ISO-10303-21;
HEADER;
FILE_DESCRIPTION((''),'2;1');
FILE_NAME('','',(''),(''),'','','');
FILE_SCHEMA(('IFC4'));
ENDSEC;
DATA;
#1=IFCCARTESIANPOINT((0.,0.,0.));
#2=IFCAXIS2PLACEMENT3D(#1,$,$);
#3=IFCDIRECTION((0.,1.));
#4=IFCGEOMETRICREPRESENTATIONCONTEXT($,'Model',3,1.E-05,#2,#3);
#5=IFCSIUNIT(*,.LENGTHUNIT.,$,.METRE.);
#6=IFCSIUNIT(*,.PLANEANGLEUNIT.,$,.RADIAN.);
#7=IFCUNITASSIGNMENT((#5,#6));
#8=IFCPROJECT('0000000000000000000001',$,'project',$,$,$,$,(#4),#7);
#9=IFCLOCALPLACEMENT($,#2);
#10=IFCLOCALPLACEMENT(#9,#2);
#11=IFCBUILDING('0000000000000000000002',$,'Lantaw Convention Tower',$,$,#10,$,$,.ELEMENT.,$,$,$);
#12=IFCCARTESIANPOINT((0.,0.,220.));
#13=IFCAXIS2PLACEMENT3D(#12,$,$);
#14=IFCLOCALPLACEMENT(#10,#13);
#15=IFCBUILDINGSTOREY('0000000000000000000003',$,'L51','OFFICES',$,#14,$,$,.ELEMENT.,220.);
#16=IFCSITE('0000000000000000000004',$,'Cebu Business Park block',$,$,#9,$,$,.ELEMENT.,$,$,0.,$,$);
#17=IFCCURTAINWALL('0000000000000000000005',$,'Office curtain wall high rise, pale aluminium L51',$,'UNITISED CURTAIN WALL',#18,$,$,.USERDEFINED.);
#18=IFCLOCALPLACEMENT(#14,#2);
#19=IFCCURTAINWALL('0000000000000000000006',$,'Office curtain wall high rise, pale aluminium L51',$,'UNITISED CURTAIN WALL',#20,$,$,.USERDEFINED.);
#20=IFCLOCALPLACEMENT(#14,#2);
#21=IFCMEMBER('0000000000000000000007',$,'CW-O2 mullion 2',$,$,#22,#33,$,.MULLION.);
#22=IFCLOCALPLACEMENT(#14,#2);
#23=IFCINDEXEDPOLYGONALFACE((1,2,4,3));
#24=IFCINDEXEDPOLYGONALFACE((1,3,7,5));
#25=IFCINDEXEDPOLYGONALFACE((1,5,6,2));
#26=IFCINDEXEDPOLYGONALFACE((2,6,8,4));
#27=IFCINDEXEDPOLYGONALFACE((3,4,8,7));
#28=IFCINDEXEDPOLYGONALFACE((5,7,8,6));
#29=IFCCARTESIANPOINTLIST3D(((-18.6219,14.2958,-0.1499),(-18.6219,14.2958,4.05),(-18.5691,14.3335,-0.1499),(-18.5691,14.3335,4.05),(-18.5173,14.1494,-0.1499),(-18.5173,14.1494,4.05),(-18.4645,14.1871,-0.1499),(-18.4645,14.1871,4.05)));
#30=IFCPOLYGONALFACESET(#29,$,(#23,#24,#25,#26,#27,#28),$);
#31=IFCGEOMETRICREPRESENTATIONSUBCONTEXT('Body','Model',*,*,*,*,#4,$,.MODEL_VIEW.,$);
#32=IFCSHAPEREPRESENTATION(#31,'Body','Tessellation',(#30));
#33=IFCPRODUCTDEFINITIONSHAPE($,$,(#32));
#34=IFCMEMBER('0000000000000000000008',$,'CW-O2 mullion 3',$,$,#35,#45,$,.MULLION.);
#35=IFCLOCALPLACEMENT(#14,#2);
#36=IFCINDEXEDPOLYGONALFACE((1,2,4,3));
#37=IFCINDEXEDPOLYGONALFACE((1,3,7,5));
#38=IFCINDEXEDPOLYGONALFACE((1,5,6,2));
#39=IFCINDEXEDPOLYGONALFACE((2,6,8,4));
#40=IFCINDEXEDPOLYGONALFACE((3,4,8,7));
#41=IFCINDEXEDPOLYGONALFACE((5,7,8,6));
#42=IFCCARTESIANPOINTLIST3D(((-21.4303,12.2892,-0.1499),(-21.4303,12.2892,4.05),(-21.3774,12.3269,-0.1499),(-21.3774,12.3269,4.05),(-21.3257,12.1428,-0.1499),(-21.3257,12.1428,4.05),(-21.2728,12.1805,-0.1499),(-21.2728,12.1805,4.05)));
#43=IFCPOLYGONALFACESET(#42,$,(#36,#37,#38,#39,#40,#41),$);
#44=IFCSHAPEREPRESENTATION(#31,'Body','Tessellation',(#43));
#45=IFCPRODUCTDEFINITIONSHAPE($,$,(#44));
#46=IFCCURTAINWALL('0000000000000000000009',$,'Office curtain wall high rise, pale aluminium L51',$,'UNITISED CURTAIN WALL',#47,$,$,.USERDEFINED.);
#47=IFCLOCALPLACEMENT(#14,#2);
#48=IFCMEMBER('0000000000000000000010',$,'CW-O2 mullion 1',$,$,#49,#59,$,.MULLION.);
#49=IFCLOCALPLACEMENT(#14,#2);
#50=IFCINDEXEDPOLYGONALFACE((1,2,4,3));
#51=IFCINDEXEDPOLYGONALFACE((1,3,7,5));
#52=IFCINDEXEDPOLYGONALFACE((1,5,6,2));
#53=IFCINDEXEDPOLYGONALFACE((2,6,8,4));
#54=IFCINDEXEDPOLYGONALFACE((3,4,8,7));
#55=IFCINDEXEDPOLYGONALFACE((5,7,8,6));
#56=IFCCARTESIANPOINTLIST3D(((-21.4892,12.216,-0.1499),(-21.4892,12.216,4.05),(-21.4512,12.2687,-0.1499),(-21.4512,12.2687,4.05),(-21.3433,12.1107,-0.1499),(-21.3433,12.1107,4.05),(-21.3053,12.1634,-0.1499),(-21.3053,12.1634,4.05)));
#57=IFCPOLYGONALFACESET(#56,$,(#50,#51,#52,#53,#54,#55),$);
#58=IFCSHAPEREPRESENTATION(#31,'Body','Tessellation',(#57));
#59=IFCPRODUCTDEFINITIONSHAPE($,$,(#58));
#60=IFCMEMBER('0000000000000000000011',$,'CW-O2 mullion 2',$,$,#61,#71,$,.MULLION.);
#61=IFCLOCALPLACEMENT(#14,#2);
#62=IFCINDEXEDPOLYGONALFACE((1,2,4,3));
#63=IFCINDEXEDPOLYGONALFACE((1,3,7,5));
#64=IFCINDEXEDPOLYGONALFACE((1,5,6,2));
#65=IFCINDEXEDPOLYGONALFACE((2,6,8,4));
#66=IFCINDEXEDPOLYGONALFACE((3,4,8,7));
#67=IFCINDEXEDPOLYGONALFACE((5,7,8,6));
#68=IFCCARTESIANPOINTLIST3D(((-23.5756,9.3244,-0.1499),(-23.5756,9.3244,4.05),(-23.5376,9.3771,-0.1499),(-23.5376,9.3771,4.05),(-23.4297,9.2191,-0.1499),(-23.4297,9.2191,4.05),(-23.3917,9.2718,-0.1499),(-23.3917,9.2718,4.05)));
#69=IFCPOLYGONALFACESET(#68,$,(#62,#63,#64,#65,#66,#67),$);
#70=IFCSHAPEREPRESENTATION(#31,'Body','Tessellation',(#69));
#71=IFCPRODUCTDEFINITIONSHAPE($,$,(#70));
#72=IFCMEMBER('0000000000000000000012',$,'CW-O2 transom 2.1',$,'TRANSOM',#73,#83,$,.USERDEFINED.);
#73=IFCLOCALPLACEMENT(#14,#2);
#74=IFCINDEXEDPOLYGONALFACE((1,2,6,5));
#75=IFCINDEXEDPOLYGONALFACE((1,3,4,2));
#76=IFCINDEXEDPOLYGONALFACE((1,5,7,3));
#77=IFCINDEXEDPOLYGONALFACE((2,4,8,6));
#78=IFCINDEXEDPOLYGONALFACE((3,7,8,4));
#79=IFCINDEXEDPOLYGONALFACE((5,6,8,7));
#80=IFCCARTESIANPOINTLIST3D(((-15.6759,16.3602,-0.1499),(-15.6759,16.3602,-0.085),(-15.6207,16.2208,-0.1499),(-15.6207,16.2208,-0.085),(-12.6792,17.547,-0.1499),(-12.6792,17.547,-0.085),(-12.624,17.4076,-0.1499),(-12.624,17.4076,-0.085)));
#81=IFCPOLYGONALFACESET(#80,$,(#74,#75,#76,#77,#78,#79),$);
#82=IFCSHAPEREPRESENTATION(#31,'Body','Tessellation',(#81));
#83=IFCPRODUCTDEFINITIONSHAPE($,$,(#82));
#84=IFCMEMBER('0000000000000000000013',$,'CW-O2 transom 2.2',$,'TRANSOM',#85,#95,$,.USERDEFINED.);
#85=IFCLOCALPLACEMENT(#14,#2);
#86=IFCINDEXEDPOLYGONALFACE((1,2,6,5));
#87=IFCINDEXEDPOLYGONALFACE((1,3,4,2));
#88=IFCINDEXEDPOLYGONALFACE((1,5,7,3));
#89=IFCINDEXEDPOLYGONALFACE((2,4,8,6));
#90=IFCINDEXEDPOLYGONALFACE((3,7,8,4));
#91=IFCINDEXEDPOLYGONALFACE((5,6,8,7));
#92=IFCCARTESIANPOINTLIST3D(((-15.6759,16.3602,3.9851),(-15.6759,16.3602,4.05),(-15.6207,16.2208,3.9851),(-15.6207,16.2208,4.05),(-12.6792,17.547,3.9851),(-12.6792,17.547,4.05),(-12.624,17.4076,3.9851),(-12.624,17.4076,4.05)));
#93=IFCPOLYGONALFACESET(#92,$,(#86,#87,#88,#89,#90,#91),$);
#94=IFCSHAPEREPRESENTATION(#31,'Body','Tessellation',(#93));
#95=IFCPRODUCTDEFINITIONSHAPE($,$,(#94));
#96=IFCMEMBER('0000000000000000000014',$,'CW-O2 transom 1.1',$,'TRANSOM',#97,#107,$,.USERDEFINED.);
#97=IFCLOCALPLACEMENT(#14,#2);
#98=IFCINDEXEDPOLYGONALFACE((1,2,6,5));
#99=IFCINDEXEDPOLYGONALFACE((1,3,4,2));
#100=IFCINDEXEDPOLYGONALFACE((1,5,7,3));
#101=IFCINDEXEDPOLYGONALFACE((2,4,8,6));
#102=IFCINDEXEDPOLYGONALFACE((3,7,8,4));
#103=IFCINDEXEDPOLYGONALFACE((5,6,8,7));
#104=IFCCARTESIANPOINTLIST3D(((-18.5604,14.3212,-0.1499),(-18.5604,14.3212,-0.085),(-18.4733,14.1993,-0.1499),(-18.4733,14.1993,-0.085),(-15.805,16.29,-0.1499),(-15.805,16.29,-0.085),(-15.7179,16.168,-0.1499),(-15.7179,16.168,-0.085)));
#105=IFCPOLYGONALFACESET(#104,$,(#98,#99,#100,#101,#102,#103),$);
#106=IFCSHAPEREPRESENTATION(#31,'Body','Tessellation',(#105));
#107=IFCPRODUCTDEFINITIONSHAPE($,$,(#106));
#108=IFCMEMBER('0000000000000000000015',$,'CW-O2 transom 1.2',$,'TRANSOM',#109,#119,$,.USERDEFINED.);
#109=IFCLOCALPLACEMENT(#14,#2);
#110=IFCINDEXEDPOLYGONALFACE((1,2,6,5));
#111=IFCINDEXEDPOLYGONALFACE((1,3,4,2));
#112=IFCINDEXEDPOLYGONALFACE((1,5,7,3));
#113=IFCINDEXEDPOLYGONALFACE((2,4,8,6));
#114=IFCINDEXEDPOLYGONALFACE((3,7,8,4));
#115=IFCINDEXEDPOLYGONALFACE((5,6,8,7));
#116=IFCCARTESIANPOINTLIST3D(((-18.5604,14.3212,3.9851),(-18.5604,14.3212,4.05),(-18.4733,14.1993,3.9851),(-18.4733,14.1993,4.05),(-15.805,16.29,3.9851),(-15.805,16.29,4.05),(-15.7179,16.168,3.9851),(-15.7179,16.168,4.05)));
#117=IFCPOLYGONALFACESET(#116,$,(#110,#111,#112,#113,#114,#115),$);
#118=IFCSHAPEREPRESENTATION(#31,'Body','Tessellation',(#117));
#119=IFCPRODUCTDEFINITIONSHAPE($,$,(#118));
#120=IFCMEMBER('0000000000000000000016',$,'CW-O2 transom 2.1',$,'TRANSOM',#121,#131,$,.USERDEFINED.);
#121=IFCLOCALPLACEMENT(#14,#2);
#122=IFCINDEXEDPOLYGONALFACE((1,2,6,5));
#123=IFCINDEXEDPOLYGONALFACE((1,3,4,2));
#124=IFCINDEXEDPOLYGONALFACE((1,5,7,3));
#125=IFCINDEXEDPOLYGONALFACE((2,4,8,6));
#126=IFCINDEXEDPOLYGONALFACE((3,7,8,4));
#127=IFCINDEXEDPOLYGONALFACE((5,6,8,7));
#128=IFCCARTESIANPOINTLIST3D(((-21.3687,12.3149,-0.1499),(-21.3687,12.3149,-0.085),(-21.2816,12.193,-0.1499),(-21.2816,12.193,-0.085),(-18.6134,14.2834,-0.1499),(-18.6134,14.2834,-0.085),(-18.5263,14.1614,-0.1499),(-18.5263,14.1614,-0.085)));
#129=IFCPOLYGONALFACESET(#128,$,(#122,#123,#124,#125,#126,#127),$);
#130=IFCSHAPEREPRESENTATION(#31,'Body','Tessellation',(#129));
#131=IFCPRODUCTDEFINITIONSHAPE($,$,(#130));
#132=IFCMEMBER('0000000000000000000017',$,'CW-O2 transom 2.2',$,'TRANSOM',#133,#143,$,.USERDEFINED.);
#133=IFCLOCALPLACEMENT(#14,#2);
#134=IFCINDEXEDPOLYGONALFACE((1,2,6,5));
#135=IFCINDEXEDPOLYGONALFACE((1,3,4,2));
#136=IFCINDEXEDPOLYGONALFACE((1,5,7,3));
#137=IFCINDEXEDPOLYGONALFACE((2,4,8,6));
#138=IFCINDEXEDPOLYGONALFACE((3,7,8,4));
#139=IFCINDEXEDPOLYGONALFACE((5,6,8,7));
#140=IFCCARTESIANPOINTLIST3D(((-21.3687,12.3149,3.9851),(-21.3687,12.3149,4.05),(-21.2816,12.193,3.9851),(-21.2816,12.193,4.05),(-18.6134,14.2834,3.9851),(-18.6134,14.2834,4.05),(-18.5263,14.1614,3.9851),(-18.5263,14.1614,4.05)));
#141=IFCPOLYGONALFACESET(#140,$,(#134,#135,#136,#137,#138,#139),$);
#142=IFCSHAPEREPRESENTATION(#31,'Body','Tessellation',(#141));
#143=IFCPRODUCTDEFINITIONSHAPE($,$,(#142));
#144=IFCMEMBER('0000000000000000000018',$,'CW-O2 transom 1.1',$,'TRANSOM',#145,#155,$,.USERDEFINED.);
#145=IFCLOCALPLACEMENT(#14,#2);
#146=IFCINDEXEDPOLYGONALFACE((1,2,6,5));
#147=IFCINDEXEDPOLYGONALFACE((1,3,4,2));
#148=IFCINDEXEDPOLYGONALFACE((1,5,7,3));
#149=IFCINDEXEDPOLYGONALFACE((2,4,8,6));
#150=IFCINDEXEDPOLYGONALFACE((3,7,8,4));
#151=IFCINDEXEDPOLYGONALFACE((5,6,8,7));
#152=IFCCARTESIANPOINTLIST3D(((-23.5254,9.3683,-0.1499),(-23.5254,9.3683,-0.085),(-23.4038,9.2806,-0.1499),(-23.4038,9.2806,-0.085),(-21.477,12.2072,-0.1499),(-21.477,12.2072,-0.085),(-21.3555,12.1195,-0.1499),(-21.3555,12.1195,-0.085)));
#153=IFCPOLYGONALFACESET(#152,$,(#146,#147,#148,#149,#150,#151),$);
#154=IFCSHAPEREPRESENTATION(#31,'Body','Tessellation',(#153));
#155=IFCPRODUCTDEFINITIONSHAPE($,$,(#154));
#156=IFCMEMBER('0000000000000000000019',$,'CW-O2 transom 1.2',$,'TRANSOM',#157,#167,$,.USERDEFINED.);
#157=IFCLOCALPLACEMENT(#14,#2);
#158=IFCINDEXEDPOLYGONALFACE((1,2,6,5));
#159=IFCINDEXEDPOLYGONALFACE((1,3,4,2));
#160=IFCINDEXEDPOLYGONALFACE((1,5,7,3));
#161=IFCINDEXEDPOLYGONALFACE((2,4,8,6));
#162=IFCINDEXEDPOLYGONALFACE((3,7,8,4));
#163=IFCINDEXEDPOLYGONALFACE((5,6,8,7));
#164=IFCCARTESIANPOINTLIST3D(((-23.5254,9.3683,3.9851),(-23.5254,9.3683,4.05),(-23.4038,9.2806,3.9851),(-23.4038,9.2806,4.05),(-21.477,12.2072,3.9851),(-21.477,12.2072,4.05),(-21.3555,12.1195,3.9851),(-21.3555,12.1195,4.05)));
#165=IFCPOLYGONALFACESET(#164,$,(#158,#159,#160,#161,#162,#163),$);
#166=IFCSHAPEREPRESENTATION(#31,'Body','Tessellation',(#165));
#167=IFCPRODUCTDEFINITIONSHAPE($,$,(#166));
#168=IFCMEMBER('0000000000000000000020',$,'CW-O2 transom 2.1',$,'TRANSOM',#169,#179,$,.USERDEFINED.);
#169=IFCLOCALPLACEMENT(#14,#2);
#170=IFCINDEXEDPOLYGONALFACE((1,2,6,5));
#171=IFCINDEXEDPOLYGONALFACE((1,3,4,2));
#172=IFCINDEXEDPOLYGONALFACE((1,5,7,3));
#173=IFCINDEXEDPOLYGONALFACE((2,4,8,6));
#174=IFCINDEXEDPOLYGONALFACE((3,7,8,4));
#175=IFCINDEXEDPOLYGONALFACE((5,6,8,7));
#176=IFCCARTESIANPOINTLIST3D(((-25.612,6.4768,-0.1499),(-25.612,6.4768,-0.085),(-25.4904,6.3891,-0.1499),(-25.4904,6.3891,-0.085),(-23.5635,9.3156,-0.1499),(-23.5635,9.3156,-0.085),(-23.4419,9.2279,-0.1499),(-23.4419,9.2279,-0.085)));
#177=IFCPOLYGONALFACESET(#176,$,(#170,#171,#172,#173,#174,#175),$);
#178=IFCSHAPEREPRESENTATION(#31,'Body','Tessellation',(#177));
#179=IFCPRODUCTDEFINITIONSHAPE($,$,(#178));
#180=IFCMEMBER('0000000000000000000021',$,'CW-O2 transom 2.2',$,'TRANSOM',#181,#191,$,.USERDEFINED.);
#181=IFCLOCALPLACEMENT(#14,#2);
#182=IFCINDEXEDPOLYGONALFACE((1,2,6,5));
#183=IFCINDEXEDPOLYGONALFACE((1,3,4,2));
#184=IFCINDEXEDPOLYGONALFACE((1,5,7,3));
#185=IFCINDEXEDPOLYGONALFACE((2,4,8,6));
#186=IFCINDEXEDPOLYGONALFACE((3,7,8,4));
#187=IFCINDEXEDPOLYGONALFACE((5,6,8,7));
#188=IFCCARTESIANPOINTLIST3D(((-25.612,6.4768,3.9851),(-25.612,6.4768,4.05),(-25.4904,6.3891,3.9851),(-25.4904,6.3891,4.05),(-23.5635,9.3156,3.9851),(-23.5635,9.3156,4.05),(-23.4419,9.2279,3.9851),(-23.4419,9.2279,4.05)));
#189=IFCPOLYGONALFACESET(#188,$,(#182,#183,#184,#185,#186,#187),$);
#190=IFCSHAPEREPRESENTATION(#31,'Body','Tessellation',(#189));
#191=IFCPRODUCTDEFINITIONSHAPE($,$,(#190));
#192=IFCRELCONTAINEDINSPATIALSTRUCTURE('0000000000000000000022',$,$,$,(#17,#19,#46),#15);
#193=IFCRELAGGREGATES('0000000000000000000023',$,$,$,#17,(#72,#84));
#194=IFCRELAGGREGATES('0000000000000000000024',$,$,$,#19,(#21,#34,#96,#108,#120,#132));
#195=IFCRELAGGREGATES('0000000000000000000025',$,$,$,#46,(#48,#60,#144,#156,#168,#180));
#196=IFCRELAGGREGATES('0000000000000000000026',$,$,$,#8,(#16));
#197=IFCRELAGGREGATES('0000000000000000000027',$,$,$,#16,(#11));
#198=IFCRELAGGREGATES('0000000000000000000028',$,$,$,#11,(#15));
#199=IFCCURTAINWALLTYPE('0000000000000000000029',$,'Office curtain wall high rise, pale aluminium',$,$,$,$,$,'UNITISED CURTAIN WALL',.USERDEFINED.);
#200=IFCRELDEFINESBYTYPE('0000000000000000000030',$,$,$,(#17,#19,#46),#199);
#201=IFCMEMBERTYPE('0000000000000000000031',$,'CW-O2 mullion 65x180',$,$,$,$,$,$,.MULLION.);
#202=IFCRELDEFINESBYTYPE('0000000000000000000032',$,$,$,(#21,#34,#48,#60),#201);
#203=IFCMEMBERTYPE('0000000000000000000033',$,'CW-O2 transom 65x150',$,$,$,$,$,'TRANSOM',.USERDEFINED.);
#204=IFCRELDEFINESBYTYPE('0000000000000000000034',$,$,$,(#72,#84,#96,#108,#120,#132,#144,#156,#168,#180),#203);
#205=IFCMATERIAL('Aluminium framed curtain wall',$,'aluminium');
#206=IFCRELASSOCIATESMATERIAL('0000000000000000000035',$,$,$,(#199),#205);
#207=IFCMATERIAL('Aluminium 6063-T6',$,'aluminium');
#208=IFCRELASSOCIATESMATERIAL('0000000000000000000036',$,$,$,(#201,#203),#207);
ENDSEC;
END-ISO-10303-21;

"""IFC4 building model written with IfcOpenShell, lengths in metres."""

from ifc_helpers import new_model, si_unit, direction, frame, origin, origin_2d, place, context, subcontext, project, spatial, rectangle, extrude, material, material_profile, profile_set, type_object, element, aggregate, save


model = new_model("IFC4")

# Units and contexts
model_context = context("Model", 3, precision=1e-05, world=origin(), true_north=direction((0.0, 1.0)))
body_context = subcontext(model_context, "Body", "Model", "MODEL_VIEW")
ifc_project = project(units=[si_unit("LENGTHUNIT", "METRE"), si_unit("PLANEANGLEUNIT", "RADIAN")], contexts=[model_context])

# Site, building, storey
site_placement = place(None, origin())
site = spatial("IfcSite", under=ifc_project, at=site_placement, Name="Cebu Business Park block", CompositionType="ELEMENT", RefElevation=0.0)
building_placement = place(site_placement, origin())
building = spatial("IfcBuilding", under=site, at=building_placement, Name="Lantaw Convention Tower", CompositionType="ELEMENT")
storey_placement = place(building_placement, frame((0.0, 0.0, 220.0)))
storey = spatial("IfcBuildingStorey", under=building, at=storey_placement, Name="L51", Description="OFFICES", CompositionType="ELEMENT", Elevation=220.0)

# Curtain walls, members
ifc_material_1 = material(Name="Aluminium framed curtain wall", Category="aluminium")
curtain_wall_type = type_object("IfcCurtainWallType", Name="Office curtain wall high rise, pale aluminium", ElementType="UNITISED CURTAIN WALL", PredefinedType="USERDEFINED", material=ifc_material_1)
curtain_wall_1_placement = place(storey_placement, origin())
curtain_wall_1 = element("IfcCurtainWall", 1, at=curtain_wall_1_placement, inside=storey, type_object=curtain_wall_type, Name="Office curtain wall high rise, pale aluminium L51", ObjectType="UNITISED CURTAIN WALL", PredefinedType="USERDEFINED")
ifc_material_2 = material(Name="Aluminium 6063-T6", Category="aluminium")
ifc_material_profile_1 = material_profile(ifc_material_2, rectangle(XDim=0.1799, YDim=0.0649, at=origin_2d()), Name="CW-O2 mullion 65x180")
ifc_profile_set_1 = profile_set([ifc_material_profile_1], Name="Aluminium 6063-T6")
member_type_1 = type_object("IfcMemberType", Name="CW-O2 mullion 65x180", PredefinedType="MULLION", material=ifc_profile_set_1)
curtain_wall_2_placement = place(storey_placement, origin())
curtain_wall_2 = element("IfcCurtainWall", 2, at=curtain_wall_2_placement, inside=storey, type_object=curtain_wall_type, Name="Office curtain wall high rise, pale aluminium L51", ObjectType="UNITISED CURTAIN WALL", PredefinedType="USERDEFINED")
member_1_placement = place(storey_placement, frame((-18.5432, 14.2415, -0.1499), z_axis=(0.0, 0.0, 1.0), x_axis=(0.581323, -0.813673, 0.0)))
member_1 = element("IfcMember", 3, at=member_1_placement, type_object=member_type_1, Name="CW-O2 mullion 2", PredefinedType="MULLION", context=body_context, shape_type="SweptSolid", body=[
    extrude(rectangle(XDim=0.1799, YDim=0.0649, at=origin_2d()), origin(), (0.0, 0.0, 1.0), 4.2),
])
member_2_placement = place(storey_placement, frame((-21.3516, 12.2349, -0.1499), z_axis=(0.0, 0.0, 1.0), x_axis=(0.581323, -0.813673, 0.0)))
member_2 = element("IfcMember", 4, at=member_2_placement, type_object=member_type_1, Name="CW-O2 mullion 3", PredefinedType="MULLION", context=body_context, shape_type="SweptSolid", body=[
    extrude(rectangle(XDim=0.1799, YDim=0.0649, at=origin_2d()), origin(), (0.0, 0.0, 1.0), 4.2),
])
curtain_wall_3_placement = place(storey_placement, origin())
curtain_wall_3 = element("IfcCurtainWall", 5, at=curtain_wall_3_placement, inside=storey, type_object=curtain_wall_type, Name="Office curtain wall high rise, pale aluminium L51", ObjectType="UNITISED CURTAIN WALL", PredefinedType="USERDEFINED")
member_3_placement = place(storey_placement, frame((-21.3972, 12.1897, -0.1499), z_axis=(0.0, 0.0, 1.0), x_axis=(0.81092, -0.585158, 0.0)))
member_3 = element("IfcMember", 6, at=member_3_placement, type_object=member_type_1, Name="CW-O2 mullion 1", PredefinedType="MULLION", context=body_context, shape_type="SweptSolid", body=[
    extrude(rectangle(XDim=0.1799, YDim=0.0649, at=origin_2d()), origin(), (0.0, 0.0, 1.0), 4.2),
])
member_4_placement = place(storey_placement, frame((-23.4836, 9.2981, -0.1499), z_axis=(0.0, 0.0, 1.0), x_axis=(0.81092, -0.585158, 0.0)))
member_4 = element("IfcMember", 7, at=member_4_placement, type_object=member_type_1, Name="CW-O2 mullion 2", PredefinedType="MULLION", context=body_context, shape_type="SweptSolid", body=[
    extrude(rectangle(XDim=0.1799, YDim=0.0649, at=origin_2d()), origin(), (0.0, 0.0, 1.0), 4.2),
])

# Members
ifc_material_profile_2 = material_profile(ifc_material_2, rectangle(XDim=0.1499, YDim=0.0649, at=origin_2d()), Name="CW-O2 transom 65x150")
ifc_profile_set_2 = profile_set([ifc_material_profile_2], Name="Aluminium 6063-T6")
member_type_2 = type_object("IfcMemberType", Name="CW-O2 transom 65x150", ElementType="TRANSOM", PredefinedType="USERDEFINED", material=ifc_profile_set_2)
member_5_placement = place(storey_placement, frame((-12.6516, 17.4773, -0.1174), z_axis=(-0.929741, -0.368215, 0.0), x_axis=(0.368215, -0.929741, 0.0)))
member_5 = element("IfcMember", 8, at=member_5_placement, type_object=member_type_2, Name="CW-O2 transom 2.1", ObjectType="TRANSOM", PredefinedType="USERDEFINED", context=body_context, shape_type="SweptSolid", body=[
    extrude(rectangle(XDim=0.1499, YDim=0.0649, at=origin_2d()), origin(), (0.0, 0.0, 1.0), 3.2231),
])
member_6_placement = place(storey_placement, frame((-12.6516, 17.4773, 4.0176), z_axis=(-0.929741, -0.368215, 0.0), x_axis=(0.368215, -0.929741, 0.0)))
member_6 = element("IfcMember", 9, at=member_6_placement, type_object=member_type_2, Name="CW-O2 transom 2.2", ObjectType="TRANSOM", PredefinedType="USERDEFINED", context=body_context, shape_type="SweptSolid", body=[
    extrude(rectangle(XDim=0.1499, YDim=0.0649, at=origin_2d()), origin(), (0.0, 0.0, 1.0), 3.2231),
])
member_7_placement = place(storey_placement, frame((-15.7615, 16.229, -0.1174), z_axis=(-0.813646, -0.581361, 0.0), x_axis=(0.581361, -0.813646, 0.0)))
member_7 = element("IfcMember", 10, at=member_7_placement, type_object=member_type_2, Name="CW-O2 transom 1.1", ObjectType="TRANSOM", PredefinedType="USERDEFINED", context=body_context, shape_type="SweptSolid", body=[
    extrude(rectangle(XDim=0.1499, YDim=0.0649, at=origin_2d()), origin(), (0.0, 0.0, 1.0), 3.3865),
])
member_8_placement = place(storey_placement, frame((-15.7615, 16.229, 4.0176), z_axis=(-0.813646, -0.581361, 0.0), x_axis=(0.581361, -0.813646, 0.0)))
member_8 = element("IfcMember", 11, at=member_8_placement, type_object=member_type_2, Name="CW-O2 transom 1.2", ObjectType="TRANSOM", PredefinedType="USERDEFINED", context=body_context, shape_type="SweptSolid", body=[
    extrude(rectangle(XDim=0.1499, YDim=0.0649, at=origin_2d()), origin(), (0.0, 0.0, 1.0), 3.3865),
])
member_9_placement = place(storey_placement, frame((-18.5698, 14.2224, -0.1174), z_axis=(-0.81368, -0.581313, 0.0), x_axis=(0.581313, -0.81368, 0.0)))
member_9 = element("IfcMember", 12, at=member_9_placement, type_object=member_type_2, Name="CW-O2 transom 2.1", ObjectType="TRANSOM", PredefinedType="USERDEFINED", context=body_context, shape_type="SweptSolid", body=[
    extrude(rectangle(XDim=0.1499, YDim=0.0649, at=origin_2d()), origin(), (0.0, 0.0, 1.0), 3.3862),
])
member_10_placement = place(storey_placement, frame((-18.5698, 14.2224, 4.0176), z_axis=(-0.81368, -0.581313, 0.0), x_axis=(0.581313, -0.81368, 0.0)))
member_10 = element("IfcMember", 13, at=member_10_placement, type_object=member_type_2, Name="CW-O2 transom 2.2", ObjectType="TRANSOM", PredefinedType="USERDEFINED", context=body_context, shape_type="SweptSolid", body=[
    extrude(rectangle(XDim=0.1499, YDim=0.0649, at=origin_2d()), origin(), (0.0, 0.0, 1.0), 3.3862),
])
member_11_placement = place(storey_placement, frame((-21.4163, 12.1633, -0.1174), z_axis=(-0.585124, -0.810944, 0.0), x_axis=(0.810944, -0.585124, 0.0)))
member_11 = element("IfcMember", 14, at=member_11_placement, type_object=member_type_2, Name="CW-O2 transom 1.1", ObjectType="TRANSOM", PredefinedType="USERDEFINED", context=body_context, shape_type="SweptSolid", body=[
    extrude(rectangle(XDim=0.1499, YDim=0.0649, at=origin_2d()), origin(), (0.0, 0.0, 1.0), 3.5007),
])
member_12_placement = place(storey_placement, frame((-21.4163, 12.1633, 4.0176), z_axis=(-0.585124, -0.810944, 0.0), x_axis=(0.810944, -0.585124, 0.0)))
member_12 = element("IfcMember", 15, at=member_12_placement, type_object=member_type_2, Name="CW-O2 transom 1.2", ObjectType="TRANSOM", PredefinedType="USERDEFINED", context=body_context, shape_type="SweptSolid", body=[
    extrude(rectangle(XDim=0.1499, YDim=0.0649, at=origin_2d()), origin(), (0.0, 0.0, 1.0), 3.5007),
])
member_13_placement = place(storey_placement, frame((-23.5027, 9.2717, -0.1174), z_axis=(-0.58517, -0.810911, 0.0), x_axis=(0.810911, -0.58517, 0.0)))
member_13 = element("IfcMember", 16, at=member_13_placement, type_object=member_type_2, Name="CW-O2 transom 2.1", ObjectType="TRANSOM", PredefinedType="USERDEFINED", context=body_context, shape_type="SweptSolid", body=[
    extrude(rectangle(XDim=0.1499, YDim=0.0649, at=origin_2d()), origin(), (0.0, 0.0, 1.0), 3.5007),
])
member_14_placement = place(storey_placement, frame((-23.5027, 9.2717, 4.0176), z_axis=(-0.58517, -0.810911, 0.0), x_axis=(0.810911, -0.58517, 0.0)))
member_14 = element("IfcMember", 17, at=member_14_placement, type_object=member_type_2, Name="CW-O2 transom 2.2", ObjectType="TRANSOM", PredefinedType="USERDEFINED", context=body_context, shape_type="SweptSolid", body=[
    extrude(rectangle(XDim=0.1499, YDim=0.0649, at=origin_2d()), origin(), (0.0, 0.0, 1.0), 3.5007),
])

aggregate(curtain_wall_1, [member_5, member_6])
aggregate(curtain_wall_2, [member_1, member_2, member_7, member_8, member_9, member_10])
aggregate(curtain_wall_3, [member_3, member_4, member_11, member_12, member_13, member_14])

save(model, "model.ifc")
